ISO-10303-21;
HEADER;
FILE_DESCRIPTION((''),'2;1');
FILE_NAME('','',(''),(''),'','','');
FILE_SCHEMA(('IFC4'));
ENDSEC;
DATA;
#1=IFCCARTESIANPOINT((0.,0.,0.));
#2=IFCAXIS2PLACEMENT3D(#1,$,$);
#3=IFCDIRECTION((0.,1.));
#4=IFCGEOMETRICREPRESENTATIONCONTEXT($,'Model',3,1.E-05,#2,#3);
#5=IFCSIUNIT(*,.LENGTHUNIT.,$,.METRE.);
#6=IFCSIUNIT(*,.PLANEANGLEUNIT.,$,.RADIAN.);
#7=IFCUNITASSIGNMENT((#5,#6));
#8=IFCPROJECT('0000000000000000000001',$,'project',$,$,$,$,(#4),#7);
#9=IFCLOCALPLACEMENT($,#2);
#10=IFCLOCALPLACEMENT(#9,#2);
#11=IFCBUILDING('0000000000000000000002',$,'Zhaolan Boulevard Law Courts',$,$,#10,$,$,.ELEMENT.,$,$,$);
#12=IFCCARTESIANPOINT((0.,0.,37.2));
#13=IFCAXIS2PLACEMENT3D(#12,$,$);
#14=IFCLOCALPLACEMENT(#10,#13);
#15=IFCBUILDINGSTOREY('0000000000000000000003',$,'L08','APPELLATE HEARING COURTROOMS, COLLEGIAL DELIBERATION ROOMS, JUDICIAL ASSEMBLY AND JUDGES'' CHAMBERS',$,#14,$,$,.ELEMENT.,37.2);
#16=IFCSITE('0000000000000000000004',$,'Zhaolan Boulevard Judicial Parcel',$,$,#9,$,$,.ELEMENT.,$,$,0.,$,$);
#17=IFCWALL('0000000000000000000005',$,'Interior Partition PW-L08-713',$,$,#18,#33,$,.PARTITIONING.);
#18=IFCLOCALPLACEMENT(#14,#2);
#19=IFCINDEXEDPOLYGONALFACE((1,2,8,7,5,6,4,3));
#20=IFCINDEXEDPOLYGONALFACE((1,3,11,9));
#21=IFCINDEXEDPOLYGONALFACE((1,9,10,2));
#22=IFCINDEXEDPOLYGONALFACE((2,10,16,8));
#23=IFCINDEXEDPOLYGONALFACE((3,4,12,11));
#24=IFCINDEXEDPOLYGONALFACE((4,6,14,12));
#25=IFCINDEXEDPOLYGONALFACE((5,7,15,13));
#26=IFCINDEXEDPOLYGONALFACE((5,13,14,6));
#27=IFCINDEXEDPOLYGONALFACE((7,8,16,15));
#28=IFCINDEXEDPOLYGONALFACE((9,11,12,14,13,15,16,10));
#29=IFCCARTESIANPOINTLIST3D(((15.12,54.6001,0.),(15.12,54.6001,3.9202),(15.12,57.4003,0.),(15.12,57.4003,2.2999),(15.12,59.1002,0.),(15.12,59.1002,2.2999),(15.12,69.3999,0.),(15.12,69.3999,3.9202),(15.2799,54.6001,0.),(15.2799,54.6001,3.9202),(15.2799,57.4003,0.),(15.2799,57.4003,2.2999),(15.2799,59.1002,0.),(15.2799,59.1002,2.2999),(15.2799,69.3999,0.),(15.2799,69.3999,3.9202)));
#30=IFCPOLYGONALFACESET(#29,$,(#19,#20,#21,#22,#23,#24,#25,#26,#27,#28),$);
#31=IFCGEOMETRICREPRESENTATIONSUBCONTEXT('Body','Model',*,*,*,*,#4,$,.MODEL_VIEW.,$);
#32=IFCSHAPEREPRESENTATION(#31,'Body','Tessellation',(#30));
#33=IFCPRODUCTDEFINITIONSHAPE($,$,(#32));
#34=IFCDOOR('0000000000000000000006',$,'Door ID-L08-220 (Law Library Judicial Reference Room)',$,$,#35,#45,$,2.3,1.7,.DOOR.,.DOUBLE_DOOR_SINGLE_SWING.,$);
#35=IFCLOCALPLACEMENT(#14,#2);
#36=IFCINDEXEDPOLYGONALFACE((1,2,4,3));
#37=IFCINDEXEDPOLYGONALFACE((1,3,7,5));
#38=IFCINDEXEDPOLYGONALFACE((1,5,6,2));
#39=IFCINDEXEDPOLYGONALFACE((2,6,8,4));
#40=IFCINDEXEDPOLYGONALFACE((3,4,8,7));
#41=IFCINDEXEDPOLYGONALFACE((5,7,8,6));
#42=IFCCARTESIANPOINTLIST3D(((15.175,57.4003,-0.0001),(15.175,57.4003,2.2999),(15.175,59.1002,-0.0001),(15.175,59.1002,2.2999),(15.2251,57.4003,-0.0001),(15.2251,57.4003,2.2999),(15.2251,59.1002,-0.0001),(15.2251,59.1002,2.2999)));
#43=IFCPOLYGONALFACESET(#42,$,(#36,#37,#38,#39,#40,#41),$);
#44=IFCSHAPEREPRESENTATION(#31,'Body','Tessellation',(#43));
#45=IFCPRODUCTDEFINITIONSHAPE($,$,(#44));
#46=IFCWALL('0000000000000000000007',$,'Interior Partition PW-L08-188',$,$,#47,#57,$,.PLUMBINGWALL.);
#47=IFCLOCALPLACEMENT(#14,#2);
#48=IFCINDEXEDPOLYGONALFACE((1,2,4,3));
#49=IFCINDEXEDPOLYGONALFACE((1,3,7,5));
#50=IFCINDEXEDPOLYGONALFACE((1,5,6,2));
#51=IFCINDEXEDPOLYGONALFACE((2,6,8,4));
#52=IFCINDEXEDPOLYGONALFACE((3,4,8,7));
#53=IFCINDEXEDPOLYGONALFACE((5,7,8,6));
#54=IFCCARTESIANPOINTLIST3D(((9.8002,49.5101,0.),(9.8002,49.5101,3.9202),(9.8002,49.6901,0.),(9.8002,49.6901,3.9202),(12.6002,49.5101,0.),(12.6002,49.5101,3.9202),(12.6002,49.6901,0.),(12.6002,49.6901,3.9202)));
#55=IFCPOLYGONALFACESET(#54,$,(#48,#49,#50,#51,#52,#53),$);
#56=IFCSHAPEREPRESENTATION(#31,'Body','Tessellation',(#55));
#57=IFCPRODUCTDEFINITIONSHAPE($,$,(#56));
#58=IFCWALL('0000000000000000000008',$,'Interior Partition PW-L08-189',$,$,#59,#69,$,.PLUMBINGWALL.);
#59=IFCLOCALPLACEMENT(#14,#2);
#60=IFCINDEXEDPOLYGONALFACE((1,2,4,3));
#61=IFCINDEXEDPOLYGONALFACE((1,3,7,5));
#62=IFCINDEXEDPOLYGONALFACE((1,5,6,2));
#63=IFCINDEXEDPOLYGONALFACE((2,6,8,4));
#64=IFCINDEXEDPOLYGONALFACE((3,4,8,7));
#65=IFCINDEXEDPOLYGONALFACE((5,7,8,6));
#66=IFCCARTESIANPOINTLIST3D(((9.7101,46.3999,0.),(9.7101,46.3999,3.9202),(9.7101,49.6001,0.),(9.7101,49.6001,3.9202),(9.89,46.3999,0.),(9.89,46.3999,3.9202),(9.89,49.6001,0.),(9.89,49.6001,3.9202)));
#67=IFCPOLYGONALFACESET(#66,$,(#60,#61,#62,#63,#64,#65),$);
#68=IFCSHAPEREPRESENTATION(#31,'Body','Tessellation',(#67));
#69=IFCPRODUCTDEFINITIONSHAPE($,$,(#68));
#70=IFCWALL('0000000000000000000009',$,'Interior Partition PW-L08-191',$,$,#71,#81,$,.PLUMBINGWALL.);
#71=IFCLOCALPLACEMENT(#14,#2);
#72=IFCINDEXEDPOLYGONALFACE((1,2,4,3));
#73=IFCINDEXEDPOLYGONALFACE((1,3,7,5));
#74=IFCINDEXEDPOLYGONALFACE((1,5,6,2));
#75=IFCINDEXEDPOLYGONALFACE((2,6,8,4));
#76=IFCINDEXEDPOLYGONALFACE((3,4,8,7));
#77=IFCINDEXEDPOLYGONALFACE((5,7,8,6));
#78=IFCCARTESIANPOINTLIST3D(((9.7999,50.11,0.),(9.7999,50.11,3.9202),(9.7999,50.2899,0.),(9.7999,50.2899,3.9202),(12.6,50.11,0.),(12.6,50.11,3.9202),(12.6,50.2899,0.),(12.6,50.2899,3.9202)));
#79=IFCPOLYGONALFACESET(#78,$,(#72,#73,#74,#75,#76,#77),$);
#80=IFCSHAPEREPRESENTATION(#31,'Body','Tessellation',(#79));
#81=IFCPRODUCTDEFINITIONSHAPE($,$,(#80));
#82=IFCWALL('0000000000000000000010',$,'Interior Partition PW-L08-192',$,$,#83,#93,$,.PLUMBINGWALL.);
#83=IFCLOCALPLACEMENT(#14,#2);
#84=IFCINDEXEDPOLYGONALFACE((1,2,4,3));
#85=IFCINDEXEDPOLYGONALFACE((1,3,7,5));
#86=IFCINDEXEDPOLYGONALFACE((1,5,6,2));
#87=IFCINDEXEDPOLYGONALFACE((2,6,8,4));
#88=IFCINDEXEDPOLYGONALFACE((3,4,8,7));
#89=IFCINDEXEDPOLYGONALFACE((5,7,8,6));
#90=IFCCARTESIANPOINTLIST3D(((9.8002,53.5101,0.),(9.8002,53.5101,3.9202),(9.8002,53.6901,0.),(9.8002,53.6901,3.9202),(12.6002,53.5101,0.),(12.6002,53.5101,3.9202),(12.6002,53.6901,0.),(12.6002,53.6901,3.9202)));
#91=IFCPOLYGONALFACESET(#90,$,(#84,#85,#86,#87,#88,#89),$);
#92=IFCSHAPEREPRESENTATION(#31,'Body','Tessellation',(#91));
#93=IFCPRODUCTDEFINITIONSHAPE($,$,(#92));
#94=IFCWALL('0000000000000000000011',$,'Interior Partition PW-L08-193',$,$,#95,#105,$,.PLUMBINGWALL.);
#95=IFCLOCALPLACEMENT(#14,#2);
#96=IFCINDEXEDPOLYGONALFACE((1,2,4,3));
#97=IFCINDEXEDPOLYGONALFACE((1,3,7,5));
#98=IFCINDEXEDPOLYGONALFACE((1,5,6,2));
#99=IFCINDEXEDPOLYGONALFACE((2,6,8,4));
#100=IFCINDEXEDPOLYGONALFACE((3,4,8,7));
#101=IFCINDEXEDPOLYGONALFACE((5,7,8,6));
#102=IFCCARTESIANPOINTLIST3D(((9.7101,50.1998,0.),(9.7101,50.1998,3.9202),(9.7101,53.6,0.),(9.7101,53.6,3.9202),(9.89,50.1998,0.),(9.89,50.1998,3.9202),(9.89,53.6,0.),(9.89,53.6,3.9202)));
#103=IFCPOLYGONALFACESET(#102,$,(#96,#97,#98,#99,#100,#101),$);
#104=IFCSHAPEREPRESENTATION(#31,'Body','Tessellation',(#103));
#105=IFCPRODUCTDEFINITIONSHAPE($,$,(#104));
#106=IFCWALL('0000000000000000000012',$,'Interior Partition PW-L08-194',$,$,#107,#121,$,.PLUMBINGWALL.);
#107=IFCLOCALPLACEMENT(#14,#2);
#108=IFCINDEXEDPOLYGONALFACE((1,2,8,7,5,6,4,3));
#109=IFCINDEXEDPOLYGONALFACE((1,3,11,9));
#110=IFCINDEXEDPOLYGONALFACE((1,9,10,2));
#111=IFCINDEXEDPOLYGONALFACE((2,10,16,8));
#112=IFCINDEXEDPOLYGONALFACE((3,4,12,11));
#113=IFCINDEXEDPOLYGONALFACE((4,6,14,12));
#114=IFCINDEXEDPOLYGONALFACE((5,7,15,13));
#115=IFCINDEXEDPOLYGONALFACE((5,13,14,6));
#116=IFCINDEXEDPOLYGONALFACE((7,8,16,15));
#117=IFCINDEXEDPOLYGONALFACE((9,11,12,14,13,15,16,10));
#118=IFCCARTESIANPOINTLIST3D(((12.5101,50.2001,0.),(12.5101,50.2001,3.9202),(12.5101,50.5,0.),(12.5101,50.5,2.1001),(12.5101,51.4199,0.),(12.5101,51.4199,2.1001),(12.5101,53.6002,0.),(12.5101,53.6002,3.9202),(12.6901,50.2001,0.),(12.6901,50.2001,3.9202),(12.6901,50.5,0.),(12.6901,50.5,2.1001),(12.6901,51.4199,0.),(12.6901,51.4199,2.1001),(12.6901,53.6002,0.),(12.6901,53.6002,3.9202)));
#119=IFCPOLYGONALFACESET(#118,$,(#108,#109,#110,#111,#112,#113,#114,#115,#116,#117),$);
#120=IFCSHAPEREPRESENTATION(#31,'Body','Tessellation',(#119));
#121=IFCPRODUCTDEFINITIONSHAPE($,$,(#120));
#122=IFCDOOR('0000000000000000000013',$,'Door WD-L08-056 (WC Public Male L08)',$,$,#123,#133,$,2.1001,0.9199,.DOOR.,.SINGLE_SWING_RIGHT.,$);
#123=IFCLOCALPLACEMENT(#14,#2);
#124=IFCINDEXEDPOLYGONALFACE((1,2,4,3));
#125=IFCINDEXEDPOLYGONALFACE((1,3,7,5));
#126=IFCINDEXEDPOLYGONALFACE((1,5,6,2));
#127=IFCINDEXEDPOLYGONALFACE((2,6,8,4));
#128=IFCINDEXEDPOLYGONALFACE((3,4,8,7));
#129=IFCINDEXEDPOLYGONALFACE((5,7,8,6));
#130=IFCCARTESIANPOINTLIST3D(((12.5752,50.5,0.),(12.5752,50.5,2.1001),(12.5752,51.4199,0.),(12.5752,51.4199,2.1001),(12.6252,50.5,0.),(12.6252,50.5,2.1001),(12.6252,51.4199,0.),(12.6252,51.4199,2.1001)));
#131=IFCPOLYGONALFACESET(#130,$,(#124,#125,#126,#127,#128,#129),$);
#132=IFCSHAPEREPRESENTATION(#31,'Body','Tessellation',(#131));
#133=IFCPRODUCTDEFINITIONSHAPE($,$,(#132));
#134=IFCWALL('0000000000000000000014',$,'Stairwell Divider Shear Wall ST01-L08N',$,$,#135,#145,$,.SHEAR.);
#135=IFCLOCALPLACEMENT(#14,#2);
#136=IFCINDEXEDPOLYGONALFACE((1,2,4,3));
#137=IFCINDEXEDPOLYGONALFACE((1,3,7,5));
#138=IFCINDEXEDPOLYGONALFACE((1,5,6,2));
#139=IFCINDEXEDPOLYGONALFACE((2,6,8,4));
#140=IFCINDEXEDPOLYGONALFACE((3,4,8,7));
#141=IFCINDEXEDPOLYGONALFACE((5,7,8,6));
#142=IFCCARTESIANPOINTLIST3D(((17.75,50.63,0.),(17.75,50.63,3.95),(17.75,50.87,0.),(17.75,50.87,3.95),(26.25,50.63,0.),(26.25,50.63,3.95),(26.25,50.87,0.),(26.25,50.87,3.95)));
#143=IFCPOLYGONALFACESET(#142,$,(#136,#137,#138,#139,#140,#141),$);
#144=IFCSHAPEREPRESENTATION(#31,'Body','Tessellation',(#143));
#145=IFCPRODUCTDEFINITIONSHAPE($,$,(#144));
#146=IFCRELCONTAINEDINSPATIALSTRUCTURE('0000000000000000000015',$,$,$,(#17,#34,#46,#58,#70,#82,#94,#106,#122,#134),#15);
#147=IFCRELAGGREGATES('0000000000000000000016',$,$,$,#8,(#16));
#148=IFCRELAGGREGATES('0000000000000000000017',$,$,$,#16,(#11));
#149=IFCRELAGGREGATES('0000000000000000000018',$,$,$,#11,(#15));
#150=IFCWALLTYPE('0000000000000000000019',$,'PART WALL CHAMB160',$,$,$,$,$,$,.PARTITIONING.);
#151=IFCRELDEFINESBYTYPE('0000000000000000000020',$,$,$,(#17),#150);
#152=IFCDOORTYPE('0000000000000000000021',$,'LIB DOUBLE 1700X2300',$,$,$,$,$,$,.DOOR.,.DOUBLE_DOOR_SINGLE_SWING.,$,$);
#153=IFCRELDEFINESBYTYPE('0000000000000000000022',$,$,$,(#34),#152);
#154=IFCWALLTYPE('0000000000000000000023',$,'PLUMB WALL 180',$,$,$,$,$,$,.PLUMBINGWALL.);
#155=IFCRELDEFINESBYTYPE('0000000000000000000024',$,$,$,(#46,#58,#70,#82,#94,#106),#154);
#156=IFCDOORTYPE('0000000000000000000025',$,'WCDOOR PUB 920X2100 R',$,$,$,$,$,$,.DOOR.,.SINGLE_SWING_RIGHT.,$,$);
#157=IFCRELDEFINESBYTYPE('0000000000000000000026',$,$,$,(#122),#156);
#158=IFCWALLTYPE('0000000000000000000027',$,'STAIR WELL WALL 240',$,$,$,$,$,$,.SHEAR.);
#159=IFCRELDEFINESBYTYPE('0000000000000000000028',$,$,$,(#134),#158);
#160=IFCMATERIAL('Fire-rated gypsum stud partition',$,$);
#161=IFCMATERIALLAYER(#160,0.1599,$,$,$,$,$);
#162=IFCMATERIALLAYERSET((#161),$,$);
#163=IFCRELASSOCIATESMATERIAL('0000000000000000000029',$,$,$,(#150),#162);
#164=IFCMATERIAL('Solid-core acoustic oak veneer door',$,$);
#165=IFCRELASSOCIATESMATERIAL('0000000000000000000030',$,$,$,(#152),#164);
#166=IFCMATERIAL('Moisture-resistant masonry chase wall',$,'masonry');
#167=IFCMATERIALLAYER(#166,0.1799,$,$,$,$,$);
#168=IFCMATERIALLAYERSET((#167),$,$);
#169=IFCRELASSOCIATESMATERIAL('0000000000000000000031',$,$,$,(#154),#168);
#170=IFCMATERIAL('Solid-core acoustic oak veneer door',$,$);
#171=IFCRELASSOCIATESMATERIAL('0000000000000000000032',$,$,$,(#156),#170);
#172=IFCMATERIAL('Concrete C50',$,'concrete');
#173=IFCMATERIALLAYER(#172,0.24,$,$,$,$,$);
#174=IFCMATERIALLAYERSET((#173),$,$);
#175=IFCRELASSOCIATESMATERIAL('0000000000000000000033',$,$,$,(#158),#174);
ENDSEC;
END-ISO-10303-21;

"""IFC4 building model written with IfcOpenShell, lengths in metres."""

from ifc_helpers import new_model, si_unit, direction, frame, frame_2d, origin, place, context, subcontext, project, spatial, rectangle, extrude, material, layer, layer_set, type_object, element, fill, save


model = new_model("IFC4")

# Units and contexts
model_context = context("Model", 3, precision=1e-05, world=origin(), true_north=direction((0.0, 1.0)))
body_context = subcontext(model_context, "Body", "Model", "MODEL_VIEW")
ifc_project = project(units=[si_unit("LENGTHUNIT", "METRE"), si_unit("PLANEANGLEUNIT", "RADIAN")], contexts=[model_context])

# Site, building, storey
site_placement = place(None, origin())
site = spatial("IfcSite", under=ifc_project, at=site_placement, Name="Zhaolan Boulevard Judicial Parcel", CompositionType="ELEMENT", RefElevation=0.0)
building_placement = place(site_placement, origin())
building = spatial("IfcBuilding", under=site, at=building_placement, Name="Zhaolan Boulevard Law Courts", CompositionType="ELEMENT")
storey_placement = place(building_placement, frame((0.0, 0.0, 37.2)))
storey = spatial("IfcBuildingStorey", under=building, at=storey_placement, Name="L08", Description="APPELLATE HEARING COURTROOMS, COLLEGIAL DELIBERATION ROOMS, JUDICIAL ASSEMBLY AND JUDGES' CHAMBERS", CompositionType="ELEMENT", Elevation=37.2)

# Wall, opening, door
ifc_material_1 = material(Name="Fire-rated gypsum stud partition")
ifc_layer_1 = layer(ifc_material_1, 0.1599)
ifc_layer_set_1 = layer_set([ifc_layer_1])
wall_type_1 = type_object("IfcWallType", Name="PART WALL CHAMB160", PredefinedType="PARTITIONING", material=ifc_layer_set_1)
wall_1_placement = place(storey_placement, frame((15.2, 54.6001, 0.0), z_axis=(0.0, 0.0, 1.0), x_axis=(0.0, 1.0, 0.0)))
wall_1 = element("IfcWall", 1, at=wall_1_placement, inside=storey, type_object=wall_type_1, Name="Interior Partition PW-L08-713", PredefinedType="PARTITIONING", context=body_context, shape_type="SweptSolid", body=[
    extrude(rectangle(XDim=14.7998, YDim=0.1599, at=frame_2d((7.3999, 0.0))), origin(), (0.0, 0.0, 1.0), 3.9202),
])
opening_1_placement = place(wall_1_placement, frame((2.8, 0.0, 0.0)))
opening_1 = element("IfcOpeningElement", 2, at=opening_1_placement, cuts=wall_1, PredefinedType="OPENING", context=body_context, shape_type="SweptSolid", body=[
    extrude(rectangle(XDim=1.7, YDim=2.3, at=frame_2d((0.8501, 1.1499))), frame((0.0, 0.0898, 0.0), z_axis=(0.0, -1.0, 0.0), x_axis=(1.0, 0.0, 0.0)), (0.0, 0.0, 1.0), 0.1799),
])
ifc_material_2 = material(Name="Solid-core acoustic oak veneer door")
door_type_1 = type_object("IfcDoorType", Name="LIB DOUBLE 1700X2300", OperationType="DOUBLE_DOOR_SINGLE_SWING", PredefinedType="DOOR", material=ifc_material_2)
door_1_placement = place(opening_1_placement, origin())
door_1 = element("IfcDoor", 3, at=door_1_placement, inside=storey, type_object=door_type_1, Name="Door ID-L08-220 (Law Library Judicial Reference Room)", OperationType="DOUBLE_DOOR_SINGLE_SWING", OverallHeight=2.3, OverallWidth=1.7, PredefinedType="DOOR", context=body_context, shape_type="SweptSolid", body=[
    extrude(rectangle(XDim=1.7, YDim=2.3, at=frame_2d((0.8501, 1.1499))), frame((0.0, 0.0249, 0.0), z_axis=(0.0, -1.0, 0.0), x_axis=(1.0, 0.0, 0.0)), (0.0, 0.0, 1.0), 0.05),
])
fill(opening_1, door_1)

# Walls
ifc_material_3 = material(Name="Moisture-resistant masonry chase wall", Category="masonry")
ifc_layer_2 = layer(ifc_material_3, 0.1799)
ifc_layer_set_2 = layer_set([ifc_layer_2])
wall_type_2 = type_object("IfcWallType", Name="PLUMB WALL 180", PredefinedType="PLUMBINGWALL", material=ifc_layer_set_2)
wall_2_placement = place(storey_placement, frame((12.6001, 49.6001, 0.0), z_axis=(0.0, 0.0, 1.0), x_axis=(-1.0, 0.0, 0.0)))
element("IfcWall", 4, at=wall_2_placement, inside=storey, type_object=wall_type_2, Name="Interior Partition PW-L08-188", PredefinedType="PLUMBINGWALL", context=body_context, shape_type="SweptSolid", body=[
    extrude(rectangle(XDim=2.8, YDim=0.1799, at=frame_2d((1.3999, 0.0))), origin(), (0.0, 0.0, 1.0), 3.9202),
])
wall_3_placement = place(storey_placement, frame((9.8, 49.6001, 0.0), z_axis=(0.0, 0.0, 1.0), x_axis=(0.0, -1.0, 0.0)))
element("IfcWall", 5, at=wall_3_placement, inside=storey, type_object=wall_type_2, Name="Interior Partition PW-L08-189", PredefinedType="PLUMBINGWALL", context=body_context, shape_type="SweptSolid", body=[
    extrude(rectangle(XDim=3.2002, YDim=0.1799, at=frame_2d((1.6001, 0.0))), origin(), (0.0, 0.0, 1.0), 3.9202),
])
for number, where, z_axis, x_axis, name in (
    (6, (9.8, 50.2, 0.0), (0.0, 0.0, 1.0), (1.0, 0.0, 0.0), "Interior Partition PW-L08-191"),
    (7, (12.6001, 53.6001, 0.0), (0.0, 0.0, 1.0), (-1.0, 0.0, 0.0), "Interior Partition PW-L08-192"),
):
    element("IfcWall", number, at=place(storey_placement, frame(where, z_axis=z_axis, x_axis=x_axis)), inside=storey, type_object=wall_type_2, Name=name, PredefinedType="PLUMBINGWALL", context=body_context, shape_type="SweptSolid", body=[
        extrude(rectangle(XDim=2.8, YDim=0.1799, at=frame_2d((1.3999, 0.0))), origin(), (0.0, 0.0, 1.0), 3.9202),
    ])
wall_4_placement = place(storey_placement, frame((9.8, 53.6001, 0.0), z_axis=(0.0, 0.0, 1.0), x_axis=(0.0, -1.0, 0.0)))
element("IfcWall", 8, at=wall_4_placement, inside=storey, type_object=wall_type_2, Name="Interior Partition PW-L08-193", PredefinedType="PLUMBINGWALL", context=body_context, shape_type="SweptSolid", body=[
    extrude(rectangle(XDim=3.4001, YDim=0.1799, at=frame_2d((1.7002, 0.0))), origin(), (0.0, 0.0, 1.0), 3.9202),
])

# Wall, opening, door
wall_5_placement = place(storey_placement, frame((12.6001, 50.2, 0.0), z_axis=(0.0, 0.0, 1.0), x_axis=(0.0, 1.0, 0.0)))
wall_5 = element("IfcWall", 9, at=wall_5_placement, inside=storey, type_object=wall_type_2, Name="Interior Partition PW-L08-194", PredefinedType="PLUMBINGWALL", context=body_context, shape_type="SweptSolid", body=[
    extrude(rectangle(XDim=3.4001, YDim=0.1799, at=frame_2d((1.7002, 0.0))), origin(), (0.0, 0.0, 1.0), 3.9202),
])
opening_2_placement = place(wall_5_placement, frame((0.3, 0.0, 0.0)))
opening_2 = element("IfcOpeningElement", 10, at=opening_2_placement, cuts=wall_5, PredefinedType="OPENING", context=body_context, shape_type="SweptSolid", body=[
    extrude(rectangle(XDim=0.9199, YDim=2.1001, at=frame_2d((0.46, 1.05))), frame((0.0, 0.0999, 0.0), z_axis=(0.0, -1.0, 0.0), x_axis=(1.0, 0.0, 0.0)), (0.0, 0.0, 1.0), 0.2),
])
ifc_material_4 = material(Name="Solid-core acoustic oak veneer door")
door_type_2 = type_object("IfcDoorType", Name="WCDOOR PUB 920X2100 R", OperationType="SINGLE_SWING_RIGHT", PredefinedType="DOOR", material=ifc_material_4)
door_2_placement = place(opening_2_placement, origin())
door_2 = element("IfcDoor", 11, at=door_2_placement, inside=storey, type_object=door_type_2, Name="Door WD-L08-056 (WC Public Male L08)", OperationType="SINGLE_SWING_RIGHT", OverallHeight=2.1001, OverallWidth=0.9199, PredefinedType="DOOR", context=body_context, shape_type="SweptSolid", body=[
    extrude(rectangle(XDim=0.9199, YDim=2.1001, at=frame_2d((0.46, 1.05))), frame((0.0, 0.0249, 0.0), z_axis=(0.0, -1.0, 0.0), x_axis=(1.0, 0.0, 0.0)), (0.0, 0.0, 1.0), 0.05),
])
fill(opening_2, door_2)

# Wall
ifc_material_5 = material(Name="Concrete C50", Category="concrete")
ifc_layer_3 = layer(ifc_material_5, 0.24)
ifc_layer_set_3 = layer_set([ifc_layer_3])
wall_type_3 = type_object("IfcWallType", Name="STAIR WELL WALL 240", PredefinedType="SHEAR", material=ifc_layer_set_3)
wall_6_placement = place(storey_placement, frame((17.75, 50.75, 0.0), z_axis=(0.0, 0.0, 1.0), x_axis=(1.0, 0.0, 0.0)))
element("IfcWall", 12, at=wall_6_placement, inside=storey, type_object=wall_type_3, Name="Stairwell Divider Shear Wall ST01-L08N", PredefinedType="SHEAR", context=body_context, shape_type="SweptSolid", body=[
    extrude(rectangle(XDim=8.5, YDim=0.24, at=frame_2d((4.25, 0.0))), origin(), (0.0, 0.0, 1.0), 3.95),
])

save(model, "model.ifc")
